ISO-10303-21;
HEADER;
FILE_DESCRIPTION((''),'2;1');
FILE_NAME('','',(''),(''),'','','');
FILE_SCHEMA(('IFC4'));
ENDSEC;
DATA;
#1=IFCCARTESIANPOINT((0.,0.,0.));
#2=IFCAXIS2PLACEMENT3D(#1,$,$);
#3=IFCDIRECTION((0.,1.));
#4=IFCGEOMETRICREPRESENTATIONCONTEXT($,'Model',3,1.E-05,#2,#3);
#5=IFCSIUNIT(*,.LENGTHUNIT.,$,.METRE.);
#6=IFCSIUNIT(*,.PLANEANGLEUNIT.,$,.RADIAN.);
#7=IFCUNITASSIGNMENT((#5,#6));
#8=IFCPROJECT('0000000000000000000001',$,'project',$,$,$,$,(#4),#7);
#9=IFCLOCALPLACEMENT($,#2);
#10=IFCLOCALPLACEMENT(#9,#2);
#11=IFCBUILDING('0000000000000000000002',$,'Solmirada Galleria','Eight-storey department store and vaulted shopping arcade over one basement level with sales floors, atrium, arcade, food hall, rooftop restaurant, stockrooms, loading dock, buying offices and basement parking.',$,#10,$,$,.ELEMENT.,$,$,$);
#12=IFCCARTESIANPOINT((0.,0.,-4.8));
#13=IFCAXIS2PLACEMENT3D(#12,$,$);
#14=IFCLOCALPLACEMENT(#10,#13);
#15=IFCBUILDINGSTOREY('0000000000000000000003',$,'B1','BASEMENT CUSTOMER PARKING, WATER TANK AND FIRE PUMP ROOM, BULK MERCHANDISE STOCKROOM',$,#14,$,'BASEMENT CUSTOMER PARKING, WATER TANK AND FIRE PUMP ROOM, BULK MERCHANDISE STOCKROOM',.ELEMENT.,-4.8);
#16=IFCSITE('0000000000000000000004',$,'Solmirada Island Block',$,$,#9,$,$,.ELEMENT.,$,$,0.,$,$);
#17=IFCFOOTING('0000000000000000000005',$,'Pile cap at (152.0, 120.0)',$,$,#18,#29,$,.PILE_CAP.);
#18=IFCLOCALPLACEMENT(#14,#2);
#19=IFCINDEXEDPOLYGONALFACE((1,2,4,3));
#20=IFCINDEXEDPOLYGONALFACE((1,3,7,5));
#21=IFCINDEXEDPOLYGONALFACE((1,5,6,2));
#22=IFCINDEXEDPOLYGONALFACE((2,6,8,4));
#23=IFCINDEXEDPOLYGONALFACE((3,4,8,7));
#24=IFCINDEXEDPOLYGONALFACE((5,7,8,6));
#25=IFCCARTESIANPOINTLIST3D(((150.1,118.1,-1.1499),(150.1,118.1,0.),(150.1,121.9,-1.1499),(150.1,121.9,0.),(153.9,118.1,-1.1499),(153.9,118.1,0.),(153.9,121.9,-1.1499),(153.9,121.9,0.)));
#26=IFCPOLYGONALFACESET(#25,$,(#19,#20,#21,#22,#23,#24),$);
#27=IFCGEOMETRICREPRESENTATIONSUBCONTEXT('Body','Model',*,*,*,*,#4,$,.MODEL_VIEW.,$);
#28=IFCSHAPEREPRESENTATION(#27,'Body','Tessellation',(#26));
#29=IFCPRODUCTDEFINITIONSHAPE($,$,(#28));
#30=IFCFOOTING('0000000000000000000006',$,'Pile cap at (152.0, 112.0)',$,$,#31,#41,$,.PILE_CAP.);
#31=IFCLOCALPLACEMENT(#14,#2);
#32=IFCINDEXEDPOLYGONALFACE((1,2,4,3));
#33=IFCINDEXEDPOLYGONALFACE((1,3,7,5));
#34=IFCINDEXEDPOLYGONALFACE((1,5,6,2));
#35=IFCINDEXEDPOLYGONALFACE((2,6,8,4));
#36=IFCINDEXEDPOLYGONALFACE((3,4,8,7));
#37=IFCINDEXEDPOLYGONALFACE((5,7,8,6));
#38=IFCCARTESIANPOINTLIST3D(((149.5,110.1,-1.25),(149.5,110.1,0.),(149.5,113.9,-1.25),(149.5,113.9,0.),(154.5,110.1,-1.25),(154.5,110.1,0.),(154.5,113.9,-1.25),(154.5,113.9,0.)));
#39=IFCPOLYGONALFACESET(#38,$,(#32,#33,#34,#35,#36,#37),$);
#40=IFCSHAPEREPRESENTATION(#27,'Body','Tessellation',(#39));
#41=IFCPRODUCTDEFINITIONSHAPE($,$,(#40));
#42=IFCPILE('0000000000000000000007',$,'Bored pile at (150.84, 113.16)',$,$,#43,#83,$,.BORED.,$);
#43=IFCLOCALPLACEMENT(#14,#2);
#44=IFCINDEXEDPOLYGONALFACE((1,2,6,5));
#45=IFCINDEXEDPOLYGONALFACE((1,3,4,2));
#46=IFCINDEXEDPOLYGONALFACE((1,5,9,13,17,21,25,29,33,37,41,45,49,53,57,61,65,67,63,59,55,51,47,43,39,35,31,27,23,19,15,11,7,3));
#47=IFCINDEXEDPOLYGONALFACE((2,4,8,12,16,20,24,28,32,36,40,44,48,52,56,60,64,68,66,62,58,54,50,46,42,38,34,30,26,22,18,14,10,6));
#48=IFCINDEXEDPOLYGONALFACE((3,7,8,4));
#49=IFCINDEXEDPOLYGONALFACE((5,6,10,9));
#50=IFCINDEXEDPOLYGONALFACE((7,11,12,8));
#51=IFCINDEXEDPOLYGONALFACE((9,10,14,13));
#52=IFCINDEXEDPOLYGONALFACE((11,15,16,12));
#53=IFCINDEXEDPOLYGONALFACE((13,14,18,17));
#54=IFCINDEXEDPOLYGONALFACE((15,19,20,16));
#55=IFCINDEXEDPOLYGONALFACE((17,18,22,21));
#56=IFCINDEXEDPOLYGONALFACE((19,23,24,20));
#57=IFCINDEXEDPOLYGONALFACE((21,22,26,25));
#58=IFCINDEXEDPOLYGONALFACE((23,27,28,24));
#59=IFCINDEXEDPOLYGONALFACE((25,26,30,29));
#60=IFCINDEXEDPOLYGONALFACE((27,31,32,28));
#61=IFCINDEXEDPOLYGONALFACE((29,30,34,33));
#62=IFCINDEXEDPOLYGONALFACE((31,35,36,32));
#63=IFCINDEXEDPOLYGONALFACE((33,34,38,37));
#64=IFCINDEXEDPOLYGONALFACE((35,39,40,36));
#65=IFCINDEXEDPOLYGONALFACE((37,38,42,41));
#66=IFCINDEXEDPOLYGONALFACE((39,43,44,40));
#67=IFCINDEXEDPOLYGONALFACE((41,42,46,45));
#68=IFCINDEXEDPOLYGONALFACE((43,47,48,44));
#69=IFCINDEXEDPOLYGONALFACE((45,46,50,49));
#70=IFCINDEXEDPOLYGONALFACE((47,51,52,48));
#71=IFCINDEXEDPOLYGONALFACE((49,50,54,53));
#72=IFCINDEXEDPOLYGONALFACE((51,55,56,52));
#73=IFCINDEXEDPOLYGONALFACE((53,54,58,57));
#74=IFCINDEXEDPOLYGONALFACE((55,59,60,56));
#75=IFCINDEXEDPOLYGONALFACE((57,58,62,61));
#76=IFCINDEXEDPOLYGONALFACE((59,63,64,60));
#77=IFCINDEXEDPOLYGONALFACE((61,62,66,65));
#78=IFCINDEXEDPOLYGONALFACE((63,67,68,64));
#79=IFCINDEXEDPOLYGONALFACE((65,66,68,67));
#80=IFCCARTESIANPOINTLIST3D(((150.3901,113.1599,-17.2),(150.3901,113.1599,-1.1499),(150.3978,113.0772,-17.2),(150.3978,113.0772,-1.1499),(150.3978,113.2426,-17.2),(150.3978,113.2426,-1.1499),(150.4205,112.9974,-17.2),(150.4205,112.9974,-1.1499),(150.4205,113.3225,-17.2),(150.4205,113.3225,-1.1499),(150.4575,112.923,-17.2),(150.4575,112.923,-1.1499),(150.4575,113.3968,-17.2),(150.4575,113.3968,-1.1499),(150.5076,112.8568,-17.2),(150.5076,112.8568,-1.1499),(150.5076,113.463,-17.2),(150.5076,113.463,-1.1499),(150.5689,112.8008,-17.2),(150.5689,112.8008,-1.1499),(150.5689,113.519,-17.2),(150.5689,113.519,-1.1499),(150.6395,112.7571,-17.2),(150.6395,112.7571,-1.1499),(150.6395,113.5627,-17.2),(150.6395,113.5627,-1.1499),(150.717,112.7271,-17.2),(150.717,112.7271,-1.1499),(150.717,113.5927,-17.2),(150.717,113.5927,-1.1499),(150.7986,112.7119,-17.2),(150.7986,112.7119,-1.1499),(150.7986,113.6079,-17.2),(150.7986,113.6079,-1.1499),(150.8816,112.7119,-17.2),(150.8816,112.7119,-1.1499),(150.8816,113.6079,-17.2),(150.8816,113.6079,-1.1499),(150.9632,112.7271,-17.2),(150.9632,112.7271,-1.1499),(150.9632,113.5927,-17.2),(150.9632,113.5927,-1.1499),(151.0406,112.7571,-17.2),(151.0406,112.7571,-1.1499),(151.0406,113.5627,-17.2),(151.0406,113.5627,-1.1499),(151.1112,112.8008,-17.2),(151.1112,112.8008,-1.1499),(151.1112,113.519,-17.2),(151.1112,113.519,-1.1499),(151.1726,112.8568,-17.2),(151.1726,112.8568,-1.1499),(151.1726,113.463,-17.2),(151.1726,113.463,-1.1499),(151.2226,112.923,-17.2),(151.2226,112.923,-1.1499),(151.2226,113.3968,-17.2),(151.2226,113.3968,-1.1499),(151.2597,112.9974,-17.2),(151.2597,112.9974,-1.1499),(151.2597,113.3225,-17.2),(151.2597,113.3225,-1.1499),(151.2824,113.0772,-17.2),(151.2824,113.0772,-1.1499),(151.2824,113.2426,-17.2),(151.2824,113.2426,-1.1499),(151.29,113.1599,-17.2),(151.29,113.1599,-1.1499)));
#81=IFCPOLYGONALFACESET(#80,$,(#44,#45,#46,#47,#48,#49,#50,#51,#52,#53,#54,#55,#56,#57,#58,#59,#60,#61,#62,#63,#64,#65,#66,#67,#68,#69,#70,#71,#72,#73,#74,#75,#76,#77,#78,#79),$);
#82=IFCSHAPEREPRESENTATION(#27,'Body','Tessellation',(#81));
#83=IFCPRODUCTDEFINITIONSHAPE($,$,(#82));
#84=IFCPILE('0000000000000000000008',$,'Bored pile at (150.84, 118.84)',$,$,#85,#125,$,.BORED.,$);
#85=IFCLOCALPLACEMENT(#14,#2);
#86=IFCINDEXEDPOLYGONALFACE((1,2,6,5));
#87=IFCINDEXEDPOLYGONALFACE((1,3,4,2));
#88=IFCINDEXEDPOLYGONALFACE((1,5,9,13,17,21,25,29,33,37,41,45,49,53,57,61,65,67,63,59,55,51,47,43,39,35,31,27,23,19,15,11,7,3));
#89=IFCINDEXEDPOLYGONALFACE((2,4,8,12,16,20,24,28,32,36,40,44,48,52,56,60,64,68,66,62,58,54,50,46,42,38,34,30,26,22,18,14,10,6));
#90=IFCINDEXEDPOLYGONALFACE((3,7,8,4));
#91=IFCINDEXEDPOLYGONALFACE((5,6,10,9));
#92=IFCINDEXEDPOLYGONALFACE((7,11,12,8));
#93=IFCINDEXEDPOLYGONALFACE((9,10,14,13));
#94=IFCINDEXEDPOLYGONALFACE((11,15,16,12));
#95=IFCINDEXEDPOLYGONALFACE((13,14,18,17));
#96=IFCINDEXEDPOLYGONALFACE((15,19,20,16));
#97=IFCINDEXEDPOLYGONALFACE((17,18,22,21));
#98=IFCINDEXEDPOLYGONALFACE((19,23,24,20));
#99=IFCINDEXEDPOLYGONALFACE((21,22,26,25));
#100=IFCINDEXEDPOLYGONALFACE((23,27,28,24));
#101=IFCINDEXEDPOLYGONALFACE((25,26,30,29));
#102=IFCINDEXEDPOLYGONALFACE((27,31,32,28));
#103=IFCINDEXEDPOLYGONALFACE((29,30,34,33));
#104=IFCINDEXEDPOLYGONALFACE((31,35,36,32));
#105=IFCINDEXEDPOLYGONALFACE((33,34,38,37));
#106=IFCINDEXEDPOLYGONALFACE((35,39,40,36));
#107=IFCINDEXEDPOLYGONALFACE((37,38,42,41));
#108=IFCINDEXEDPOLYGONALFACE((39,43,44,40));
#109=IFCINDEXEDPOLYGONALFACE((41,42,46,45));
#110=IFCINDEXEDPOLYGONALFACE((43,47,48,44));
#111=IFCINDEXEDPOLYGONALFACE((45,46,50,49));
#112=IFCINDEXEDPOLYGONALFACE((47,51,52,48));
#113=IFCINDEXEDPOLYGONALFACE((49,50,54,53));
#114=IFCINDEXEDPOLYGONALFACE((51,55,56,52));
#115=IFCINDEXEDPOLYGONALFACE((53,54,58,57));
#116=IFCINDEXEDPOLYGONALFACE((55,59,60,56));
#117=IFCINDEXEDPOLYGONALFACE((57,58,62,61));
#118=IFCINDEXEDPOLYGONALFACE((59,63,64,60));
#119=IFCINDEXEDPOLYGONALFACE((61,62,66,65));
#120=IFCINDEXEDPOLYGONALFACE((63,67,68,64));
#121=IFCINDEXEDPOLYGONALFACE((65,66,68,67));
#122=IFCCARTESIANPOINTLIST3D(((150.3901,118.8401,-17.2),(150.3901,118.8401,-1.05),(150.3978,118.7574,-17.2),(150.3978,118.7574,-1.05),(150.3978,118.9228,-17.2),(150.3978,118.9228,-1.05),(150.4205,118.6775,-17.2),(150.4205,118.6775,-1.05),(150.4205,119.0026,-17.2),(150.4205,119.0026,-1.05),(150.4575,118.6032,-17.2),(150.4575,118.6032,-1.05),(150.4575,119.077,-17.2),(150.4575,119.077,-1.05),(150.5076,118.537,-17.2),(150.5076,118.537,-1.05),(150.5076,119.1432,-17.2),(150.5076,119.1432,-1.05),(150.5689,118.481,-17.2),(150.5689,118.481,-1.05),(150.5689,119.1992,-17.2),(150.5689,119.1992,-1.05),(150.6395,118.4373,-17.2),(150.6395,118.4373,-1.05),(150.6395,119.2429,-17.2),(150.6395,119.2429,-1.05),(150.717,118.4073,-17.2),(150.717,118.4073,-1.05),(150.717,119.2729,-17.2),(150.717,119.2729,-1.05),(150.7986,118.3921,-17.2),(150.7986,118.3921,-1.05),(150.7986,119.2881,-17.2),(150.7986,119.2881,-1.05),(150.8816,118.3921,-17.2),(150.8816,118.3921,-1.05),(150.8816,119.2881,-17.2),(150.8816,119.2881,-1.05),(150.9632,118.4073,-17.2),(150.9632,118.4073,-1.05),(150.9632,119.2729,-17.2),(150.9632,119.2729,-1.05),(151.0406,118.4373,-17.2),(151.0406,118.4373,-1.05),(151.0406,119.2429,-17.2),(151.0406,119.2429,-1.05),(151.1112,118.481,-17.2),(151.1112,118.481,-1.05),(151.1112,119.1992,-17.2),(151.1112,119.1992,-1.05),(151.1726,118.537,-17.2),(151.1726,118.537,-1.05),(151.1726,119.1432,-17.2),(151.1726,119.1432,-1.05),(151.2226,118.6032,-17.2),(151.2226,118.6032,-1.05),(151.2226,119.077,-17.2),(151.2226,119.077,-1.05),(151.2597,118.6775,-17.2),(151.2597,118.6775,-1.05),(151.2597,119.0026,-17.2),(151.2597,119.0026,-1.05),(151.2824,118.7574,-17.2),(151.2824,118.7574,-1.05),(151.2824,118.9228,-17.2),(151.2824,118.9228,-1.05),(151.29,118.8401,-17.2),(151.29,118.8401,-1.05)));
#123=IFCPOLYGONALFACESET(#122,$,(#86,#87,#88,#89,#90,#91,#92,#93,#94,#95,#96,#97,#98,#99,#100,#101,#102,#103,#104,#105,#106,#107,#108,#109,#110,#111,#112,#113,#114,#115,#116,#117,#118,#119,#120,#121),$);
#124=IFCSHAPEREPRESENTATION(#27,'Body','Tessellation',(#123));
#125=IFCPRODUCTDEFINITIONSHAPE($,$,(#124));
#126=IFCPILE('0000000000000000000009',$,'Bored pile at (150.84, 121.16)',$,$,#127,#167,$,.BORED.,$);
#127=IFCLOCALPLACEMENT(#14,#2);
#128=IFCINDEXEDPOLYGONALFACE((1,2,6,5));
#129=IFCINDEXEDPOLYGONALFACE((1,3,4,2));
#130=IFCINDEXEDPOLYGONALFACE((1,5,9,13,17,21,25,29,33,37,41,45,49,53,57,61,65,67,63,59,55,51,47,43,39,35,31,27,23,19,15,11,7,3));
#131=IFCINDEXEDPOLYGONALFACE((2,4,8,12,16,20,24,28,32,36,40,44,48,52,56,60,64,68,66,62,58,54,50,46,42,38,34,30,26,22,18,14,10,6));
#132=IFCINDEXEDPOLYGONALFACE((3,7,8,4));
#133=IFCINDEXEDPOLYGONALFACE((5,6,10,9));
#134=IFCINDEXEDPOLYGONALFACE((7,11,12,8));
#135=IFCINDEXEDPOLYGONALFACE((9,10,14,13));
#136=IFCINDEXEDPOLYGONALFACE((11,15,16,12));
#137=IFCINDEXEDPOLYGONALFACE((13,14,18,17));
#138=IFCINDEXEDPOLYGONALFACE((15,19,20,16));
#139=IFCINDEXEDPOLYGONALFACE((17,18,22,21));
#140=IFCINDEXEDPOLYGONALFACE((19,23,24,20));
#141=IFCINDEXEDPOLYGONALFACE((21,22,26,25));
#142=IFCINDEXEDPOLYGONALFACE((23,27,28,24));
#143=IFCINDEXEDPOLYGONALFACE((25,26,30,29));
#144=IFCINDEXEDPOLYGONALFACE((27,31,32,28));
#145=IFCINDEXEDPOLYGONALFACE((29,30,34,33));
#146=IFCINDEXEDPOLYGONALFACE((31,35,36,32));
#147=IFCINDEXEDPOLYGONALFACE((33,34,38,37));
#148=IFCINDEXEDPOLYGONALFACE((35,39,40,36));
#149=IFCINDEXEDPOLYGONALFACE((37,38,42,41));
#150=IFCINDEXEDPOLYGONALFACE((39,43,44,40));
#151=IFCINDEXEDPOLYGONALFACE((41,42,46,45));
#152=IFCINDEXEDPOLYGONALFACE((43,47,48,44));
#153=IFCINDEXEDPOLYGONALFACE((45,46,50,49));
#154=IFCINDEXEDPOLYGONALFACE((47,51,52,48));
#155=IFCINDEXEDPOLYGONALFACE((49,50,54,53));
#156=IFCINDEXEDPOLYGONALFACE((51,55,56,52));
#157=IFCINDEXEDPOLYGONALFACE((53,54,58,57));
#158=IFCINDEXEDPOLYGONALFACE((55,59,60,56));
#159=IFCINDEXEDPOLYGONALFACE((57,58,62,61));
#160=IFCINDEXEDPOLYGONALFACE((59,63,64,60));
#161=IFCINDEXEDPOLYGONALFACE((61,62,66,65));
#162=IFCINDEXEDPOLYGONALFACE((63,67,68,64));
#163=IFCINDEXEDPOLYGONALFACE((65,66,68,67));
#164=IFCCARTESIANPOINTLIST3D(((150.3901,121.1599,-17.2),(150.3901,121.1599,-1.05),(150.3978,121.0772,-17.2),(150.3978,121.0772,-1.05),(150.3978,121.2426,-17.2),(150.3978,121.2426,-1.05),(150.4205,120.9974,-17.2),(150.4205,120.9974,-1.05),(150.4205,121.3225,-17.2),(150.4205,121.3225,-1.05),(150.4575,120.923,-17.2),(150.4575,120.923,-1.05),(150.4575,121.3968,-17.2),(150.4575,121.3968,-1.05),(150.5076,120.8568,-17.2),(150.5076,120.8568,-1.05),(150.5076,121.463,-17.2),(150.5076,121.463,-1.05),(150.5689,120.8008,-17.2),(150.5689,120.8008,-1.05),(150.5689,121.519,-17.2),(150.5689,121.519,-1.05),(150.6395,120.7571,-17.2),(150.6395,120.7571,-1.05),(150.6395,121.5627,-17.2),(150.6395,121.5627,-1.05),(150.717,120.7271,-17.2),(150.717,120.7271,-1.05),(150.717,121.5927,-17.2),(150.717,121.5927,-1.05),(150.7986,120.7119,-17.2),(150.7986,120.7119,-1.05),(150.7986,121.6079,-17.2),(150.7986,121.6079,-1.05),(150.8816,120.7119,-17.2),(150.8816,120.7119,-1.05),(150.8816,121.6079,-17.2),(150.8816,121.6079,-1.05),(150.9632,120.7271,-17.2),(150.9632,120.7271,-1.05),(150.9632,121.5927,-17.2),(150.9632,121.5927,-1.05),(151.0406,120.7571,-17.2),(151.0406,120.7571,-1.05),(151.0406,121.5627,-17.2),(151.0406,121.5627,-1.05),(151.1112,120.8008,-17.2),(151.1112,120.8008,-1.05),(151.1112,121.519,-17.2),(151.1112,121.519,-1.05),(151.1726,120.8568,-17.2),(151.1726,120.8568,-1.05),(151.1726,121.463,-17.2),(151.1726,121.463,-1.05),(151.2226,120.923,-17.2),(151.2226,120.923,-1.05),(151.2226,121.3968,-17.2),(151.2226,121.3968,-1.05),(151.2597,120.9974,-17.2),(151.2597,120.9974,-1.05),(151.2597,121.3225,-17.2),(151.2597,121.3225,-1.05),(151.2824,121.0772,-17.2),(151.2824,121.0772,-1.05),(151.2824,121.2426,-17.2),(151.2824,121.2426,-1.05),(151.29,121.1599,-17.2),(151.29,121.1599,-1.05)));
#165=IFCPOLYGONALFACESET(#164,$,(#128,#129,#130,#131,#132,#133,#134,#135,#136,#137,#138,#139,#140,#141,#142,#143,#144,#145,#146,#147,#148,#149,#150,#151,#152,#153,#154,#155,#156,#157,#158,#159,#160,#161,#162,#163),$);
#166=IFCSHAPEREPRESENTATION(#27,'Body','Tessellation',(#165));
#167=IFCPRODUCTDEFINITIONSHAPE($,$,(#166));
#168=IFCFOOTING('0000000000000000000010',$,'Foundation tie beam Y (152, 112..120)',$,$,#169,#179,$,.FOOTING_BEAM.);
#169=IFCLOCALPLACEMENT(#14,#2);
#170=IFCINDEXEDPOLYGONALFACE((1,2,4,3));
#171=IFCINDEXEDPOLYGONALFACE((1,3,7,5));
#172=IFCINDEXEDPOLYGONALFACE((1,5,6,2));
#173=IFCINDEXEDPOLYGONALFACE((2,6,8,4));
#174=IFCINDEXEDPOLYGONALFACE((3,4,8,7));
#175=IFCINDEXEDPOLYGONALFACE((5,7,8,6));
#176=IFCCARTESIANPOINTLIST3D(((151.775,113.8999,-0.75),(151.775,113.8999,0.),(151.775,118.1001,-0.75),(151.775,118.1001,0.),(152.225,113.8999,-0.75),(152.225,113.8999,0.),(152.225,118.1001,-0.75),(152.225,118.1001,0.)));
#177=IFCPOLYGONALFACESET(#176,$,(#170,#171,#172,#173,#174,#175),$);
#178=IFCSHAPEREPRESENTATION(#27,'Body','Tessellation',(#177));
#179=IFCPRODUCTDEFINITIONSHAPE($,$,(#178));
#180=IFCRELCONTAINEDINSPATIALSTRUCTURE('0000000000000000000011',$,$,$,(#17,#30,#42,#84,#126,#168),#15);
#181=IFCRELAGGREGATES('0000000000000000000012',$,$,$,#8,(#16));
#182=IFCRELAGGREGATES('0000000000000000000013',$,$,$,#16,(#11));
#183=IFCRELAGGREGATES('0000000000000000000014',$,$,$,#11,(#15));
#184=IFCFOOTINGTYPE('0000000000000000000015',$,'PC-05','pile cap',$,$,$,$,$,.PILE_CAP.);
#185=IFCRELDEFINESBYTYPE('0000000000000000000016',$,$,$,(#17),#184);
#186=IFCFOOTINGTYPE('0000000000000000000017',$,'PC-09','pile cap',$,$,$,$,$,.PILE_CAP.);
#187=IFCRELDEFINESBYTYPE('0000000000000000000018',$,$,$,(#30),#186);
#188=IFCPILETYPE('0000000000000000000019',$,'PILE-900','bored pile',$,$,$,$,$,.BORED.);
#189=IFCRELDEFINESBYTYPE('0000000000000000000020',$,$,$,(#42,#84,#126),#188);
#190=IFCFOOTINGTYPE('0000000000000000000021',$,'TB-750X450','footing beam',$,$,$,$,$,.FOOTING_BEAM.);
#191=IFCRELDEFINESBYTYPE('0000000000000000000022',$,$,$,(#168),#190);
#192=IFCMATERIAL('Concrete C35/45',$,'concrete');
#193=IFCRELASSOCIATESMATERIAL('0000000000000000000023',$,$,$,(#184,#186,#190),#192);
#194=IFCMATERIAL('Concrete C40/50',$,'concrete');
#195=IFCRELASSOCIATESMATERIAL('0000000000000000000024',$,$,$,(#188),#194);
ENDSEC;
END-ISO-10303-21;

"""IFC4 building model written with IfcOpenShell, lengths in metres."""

from ifc_helpers import new_model, si_unit, direction, frame, origin, origin_2d, place, context, subcontext, project, spatial, rectangle, circle, extrude, material, material_profile, profile_set, type_object, element, save


model = new_model("IFC4")

# Units and contexts
model_context = context("Model", 3, precision=1e-05, world=origin(), true_north=direction((0.0, 1.0)))
body_context = subcontext(model_context, "Body", "Model", "MODEL_VIEW")
ifc_project = project(units=[si_unit("LENGTHUNIT", "METRE"), si_unit("PLANEANGLEUNIT", "RADIAN")], contexts=[model_context])

# Site, building, storey
site_placement = place(None, origin())
site = spatial("IfcSite", under=ifc_project, at=site_placement, Name="Solmirada Island Block", CompositionType="ELEMENT", RefElevation=0.0)
building_placement = place(site_placement, origin())
building = spatial("IfcBuilding", under=site, at=building_placement, Name="Solmirada Galleria", Description="Eight-storey department store and vaulted shopping arcade over one basement level with sales floors, atrium, arcade, food hall, rooftop restaurant, stockrooms, loading dock, buying offices and basement parking.", CompositionType="ELEMENT")
storey_placement = place(building_placement, frame((0.0, 0.0, -4.8)))
storey = spatial("IfcBuildingStorey", under=building, at=storey_placement, Name="B1", Description="BASEMENT CUSTOMER PARKING, WATER TANK AND FIRE PUMP ROOM, BULK MERCHANDISE STOCKROOM", LongName="BASEMENT CUSTOMER PARKING, WATER TANK AND FIRE PUMP ROOM, BULK MERCHANDISE STOCKROOM", CompositionType="ELEMENT", Elevation=-4.8)

# Footings
ifc_material_1 = material(Name="Concrete C35/45", Category="concrete")
footing_type_1 = type_object("IfcFootingType", Name="PC-05", Description="pile cap", PredefinedType="PILE_CAP", material=ifc_material_1)
footing_1_placement = place(storey_placement, frame((152.0, 120.0, -1.1499), z_axis=(0.0, 0.0, 1.0), x_axis=(1.0, 0.0, 0.0)))
element("IfcFooting", 1, at=footing_1_placement, inside=storey, type_object=footing_type_1, Name="Pile cap at (152.0, 120.0)", PredefinedType="PILE_CAP", context=body_context, shape_type="SweptSolid", body=[
    extrude(rectangle(XDim=3.8, YDim=3.8, at=origin_2d()), origin(), (0.0, 0.0, 1.0), 1.1499),
])
footing_type_2 = type_object("IfcFootingType", Name="PC-09", Description="pile cap", PredefinedType="PILE_CAP", material=ifc_material_1)
footing_2_placement = place(storey_placement, frame((152.0, 112.0, -1.25), z_axis=(0.0, 0.0, 1.0), x_axis=(1.0, 0.0, 0.0)))
element("IfcFooting", 2, at=footing_2_placement, inside=storey, type_object=footing_type_2, Name="Pile cap at (152.0, 112.0)", PredefinedType="PILE_CAP", context=body_context, shape_type="SweptSolid", body=[
    extrude(rectangle(XDim=5.0, YDim=3.8, at=origin_2d()), origin(), (0.0, 0.0, 1.0), 1.25),
])

# Piles
ifc_material_2 = material(Name="Concrete C40/50", Category="concrete")
ifc_material_profile_1 = material_profile(ifc_material_2, circle(Radius=0.45, at=origin_2d()), Name="PILE900")
ifc_profile_set_1 = profile_set([ifc_material_profile_1], Name="Concrete C40/50")
pile_type = type_object("IfcPileType", Name="PILE-900", Description="bored pile", PredefinedType="BORED", material=ifc_profile_set_1)
pile_placement = place(storey_placement, frame((150.8401, 113.1599, -1.1499), z_axis=(0.0, 0.0, -1.0), x_axis=(1.0, 0.0, 0.0)))
element("IfcPile", 3, at=pile_placement, inside=storey, type_object=pile_type, Name="Bored pile at (150.84, 113.16)", PredefinedType="BORED", context=body_context, shape_type="SweptSolid", body=[
    extrude(circle(Radius=0.45, at=origin_2d()), origin(), (0.0, 0.0, 1.0), 16.05),
])
for number, where, z_axis, x_axis, name in (
    (4, (150.8401, 118.8401, -1.05), (0.0, 0.0, -1.0), (1.0, 0.0, 0.0), "Bored pile at (150.84, 118.84)"),
    (5, (150.8401, 121.1599, -1.05), (0.0, 0.0, -1.0), (1.0, 0.0, 0.0), "Bored pile at (150.84, 121.16)"),
):
    element("IfcPile", number, at=place(storey_placement, frame(where, z_axis=z_axis, x_axis=x_axis)), inside=storey, type_object=pile_type, Name=name, PredefinedType="BORED", context=body_context, shape_type="SweptSolid", body=[
        extrude(circle(Radius=0.45, at=origin_2d()), origin(), (0.0, 0.0, 1.0), 16.1499),
    ])

# Footing
ifc_material_profile_2 = material_profile(ifc_material_1, rectangle(XDim=0.45, YDim=0.75, at=origin_2d()), Name="RC750X450")
ifc_profile_set_2 = profile_set([ifc_material_profile_2], Name="Concrete C35/45")
footing_type_3 = type_object("IfcFootingType", Name="TB-750X450", Description="footing beam", PredefinedType="FOOTING_BEAM", material=ifc_profile_set_2)
footing_3_placement = place(storey_placement, frame((152.0, 113.8999, -0.375), z_axis=(0.0, 1.0, 0.0), x_axis=(-1.0, 0.0, 0.0)))
element("IfcFooting", 6, at=footing_3_placement, inside=storey, type_object=footing_type_3, Name="Foundation tie beam Y (152, 112..120)", PredefinedType="FOOTING_BEAM", context=body_context, shape_type="SweptSolid", body=[
    extrude(rectangle(XDim=0.45, YDim=0.75, at=origin_2d()), origin(), (0.0, 0.0, 1.0), 4.2002),
])

save(model, "model.ifc")
